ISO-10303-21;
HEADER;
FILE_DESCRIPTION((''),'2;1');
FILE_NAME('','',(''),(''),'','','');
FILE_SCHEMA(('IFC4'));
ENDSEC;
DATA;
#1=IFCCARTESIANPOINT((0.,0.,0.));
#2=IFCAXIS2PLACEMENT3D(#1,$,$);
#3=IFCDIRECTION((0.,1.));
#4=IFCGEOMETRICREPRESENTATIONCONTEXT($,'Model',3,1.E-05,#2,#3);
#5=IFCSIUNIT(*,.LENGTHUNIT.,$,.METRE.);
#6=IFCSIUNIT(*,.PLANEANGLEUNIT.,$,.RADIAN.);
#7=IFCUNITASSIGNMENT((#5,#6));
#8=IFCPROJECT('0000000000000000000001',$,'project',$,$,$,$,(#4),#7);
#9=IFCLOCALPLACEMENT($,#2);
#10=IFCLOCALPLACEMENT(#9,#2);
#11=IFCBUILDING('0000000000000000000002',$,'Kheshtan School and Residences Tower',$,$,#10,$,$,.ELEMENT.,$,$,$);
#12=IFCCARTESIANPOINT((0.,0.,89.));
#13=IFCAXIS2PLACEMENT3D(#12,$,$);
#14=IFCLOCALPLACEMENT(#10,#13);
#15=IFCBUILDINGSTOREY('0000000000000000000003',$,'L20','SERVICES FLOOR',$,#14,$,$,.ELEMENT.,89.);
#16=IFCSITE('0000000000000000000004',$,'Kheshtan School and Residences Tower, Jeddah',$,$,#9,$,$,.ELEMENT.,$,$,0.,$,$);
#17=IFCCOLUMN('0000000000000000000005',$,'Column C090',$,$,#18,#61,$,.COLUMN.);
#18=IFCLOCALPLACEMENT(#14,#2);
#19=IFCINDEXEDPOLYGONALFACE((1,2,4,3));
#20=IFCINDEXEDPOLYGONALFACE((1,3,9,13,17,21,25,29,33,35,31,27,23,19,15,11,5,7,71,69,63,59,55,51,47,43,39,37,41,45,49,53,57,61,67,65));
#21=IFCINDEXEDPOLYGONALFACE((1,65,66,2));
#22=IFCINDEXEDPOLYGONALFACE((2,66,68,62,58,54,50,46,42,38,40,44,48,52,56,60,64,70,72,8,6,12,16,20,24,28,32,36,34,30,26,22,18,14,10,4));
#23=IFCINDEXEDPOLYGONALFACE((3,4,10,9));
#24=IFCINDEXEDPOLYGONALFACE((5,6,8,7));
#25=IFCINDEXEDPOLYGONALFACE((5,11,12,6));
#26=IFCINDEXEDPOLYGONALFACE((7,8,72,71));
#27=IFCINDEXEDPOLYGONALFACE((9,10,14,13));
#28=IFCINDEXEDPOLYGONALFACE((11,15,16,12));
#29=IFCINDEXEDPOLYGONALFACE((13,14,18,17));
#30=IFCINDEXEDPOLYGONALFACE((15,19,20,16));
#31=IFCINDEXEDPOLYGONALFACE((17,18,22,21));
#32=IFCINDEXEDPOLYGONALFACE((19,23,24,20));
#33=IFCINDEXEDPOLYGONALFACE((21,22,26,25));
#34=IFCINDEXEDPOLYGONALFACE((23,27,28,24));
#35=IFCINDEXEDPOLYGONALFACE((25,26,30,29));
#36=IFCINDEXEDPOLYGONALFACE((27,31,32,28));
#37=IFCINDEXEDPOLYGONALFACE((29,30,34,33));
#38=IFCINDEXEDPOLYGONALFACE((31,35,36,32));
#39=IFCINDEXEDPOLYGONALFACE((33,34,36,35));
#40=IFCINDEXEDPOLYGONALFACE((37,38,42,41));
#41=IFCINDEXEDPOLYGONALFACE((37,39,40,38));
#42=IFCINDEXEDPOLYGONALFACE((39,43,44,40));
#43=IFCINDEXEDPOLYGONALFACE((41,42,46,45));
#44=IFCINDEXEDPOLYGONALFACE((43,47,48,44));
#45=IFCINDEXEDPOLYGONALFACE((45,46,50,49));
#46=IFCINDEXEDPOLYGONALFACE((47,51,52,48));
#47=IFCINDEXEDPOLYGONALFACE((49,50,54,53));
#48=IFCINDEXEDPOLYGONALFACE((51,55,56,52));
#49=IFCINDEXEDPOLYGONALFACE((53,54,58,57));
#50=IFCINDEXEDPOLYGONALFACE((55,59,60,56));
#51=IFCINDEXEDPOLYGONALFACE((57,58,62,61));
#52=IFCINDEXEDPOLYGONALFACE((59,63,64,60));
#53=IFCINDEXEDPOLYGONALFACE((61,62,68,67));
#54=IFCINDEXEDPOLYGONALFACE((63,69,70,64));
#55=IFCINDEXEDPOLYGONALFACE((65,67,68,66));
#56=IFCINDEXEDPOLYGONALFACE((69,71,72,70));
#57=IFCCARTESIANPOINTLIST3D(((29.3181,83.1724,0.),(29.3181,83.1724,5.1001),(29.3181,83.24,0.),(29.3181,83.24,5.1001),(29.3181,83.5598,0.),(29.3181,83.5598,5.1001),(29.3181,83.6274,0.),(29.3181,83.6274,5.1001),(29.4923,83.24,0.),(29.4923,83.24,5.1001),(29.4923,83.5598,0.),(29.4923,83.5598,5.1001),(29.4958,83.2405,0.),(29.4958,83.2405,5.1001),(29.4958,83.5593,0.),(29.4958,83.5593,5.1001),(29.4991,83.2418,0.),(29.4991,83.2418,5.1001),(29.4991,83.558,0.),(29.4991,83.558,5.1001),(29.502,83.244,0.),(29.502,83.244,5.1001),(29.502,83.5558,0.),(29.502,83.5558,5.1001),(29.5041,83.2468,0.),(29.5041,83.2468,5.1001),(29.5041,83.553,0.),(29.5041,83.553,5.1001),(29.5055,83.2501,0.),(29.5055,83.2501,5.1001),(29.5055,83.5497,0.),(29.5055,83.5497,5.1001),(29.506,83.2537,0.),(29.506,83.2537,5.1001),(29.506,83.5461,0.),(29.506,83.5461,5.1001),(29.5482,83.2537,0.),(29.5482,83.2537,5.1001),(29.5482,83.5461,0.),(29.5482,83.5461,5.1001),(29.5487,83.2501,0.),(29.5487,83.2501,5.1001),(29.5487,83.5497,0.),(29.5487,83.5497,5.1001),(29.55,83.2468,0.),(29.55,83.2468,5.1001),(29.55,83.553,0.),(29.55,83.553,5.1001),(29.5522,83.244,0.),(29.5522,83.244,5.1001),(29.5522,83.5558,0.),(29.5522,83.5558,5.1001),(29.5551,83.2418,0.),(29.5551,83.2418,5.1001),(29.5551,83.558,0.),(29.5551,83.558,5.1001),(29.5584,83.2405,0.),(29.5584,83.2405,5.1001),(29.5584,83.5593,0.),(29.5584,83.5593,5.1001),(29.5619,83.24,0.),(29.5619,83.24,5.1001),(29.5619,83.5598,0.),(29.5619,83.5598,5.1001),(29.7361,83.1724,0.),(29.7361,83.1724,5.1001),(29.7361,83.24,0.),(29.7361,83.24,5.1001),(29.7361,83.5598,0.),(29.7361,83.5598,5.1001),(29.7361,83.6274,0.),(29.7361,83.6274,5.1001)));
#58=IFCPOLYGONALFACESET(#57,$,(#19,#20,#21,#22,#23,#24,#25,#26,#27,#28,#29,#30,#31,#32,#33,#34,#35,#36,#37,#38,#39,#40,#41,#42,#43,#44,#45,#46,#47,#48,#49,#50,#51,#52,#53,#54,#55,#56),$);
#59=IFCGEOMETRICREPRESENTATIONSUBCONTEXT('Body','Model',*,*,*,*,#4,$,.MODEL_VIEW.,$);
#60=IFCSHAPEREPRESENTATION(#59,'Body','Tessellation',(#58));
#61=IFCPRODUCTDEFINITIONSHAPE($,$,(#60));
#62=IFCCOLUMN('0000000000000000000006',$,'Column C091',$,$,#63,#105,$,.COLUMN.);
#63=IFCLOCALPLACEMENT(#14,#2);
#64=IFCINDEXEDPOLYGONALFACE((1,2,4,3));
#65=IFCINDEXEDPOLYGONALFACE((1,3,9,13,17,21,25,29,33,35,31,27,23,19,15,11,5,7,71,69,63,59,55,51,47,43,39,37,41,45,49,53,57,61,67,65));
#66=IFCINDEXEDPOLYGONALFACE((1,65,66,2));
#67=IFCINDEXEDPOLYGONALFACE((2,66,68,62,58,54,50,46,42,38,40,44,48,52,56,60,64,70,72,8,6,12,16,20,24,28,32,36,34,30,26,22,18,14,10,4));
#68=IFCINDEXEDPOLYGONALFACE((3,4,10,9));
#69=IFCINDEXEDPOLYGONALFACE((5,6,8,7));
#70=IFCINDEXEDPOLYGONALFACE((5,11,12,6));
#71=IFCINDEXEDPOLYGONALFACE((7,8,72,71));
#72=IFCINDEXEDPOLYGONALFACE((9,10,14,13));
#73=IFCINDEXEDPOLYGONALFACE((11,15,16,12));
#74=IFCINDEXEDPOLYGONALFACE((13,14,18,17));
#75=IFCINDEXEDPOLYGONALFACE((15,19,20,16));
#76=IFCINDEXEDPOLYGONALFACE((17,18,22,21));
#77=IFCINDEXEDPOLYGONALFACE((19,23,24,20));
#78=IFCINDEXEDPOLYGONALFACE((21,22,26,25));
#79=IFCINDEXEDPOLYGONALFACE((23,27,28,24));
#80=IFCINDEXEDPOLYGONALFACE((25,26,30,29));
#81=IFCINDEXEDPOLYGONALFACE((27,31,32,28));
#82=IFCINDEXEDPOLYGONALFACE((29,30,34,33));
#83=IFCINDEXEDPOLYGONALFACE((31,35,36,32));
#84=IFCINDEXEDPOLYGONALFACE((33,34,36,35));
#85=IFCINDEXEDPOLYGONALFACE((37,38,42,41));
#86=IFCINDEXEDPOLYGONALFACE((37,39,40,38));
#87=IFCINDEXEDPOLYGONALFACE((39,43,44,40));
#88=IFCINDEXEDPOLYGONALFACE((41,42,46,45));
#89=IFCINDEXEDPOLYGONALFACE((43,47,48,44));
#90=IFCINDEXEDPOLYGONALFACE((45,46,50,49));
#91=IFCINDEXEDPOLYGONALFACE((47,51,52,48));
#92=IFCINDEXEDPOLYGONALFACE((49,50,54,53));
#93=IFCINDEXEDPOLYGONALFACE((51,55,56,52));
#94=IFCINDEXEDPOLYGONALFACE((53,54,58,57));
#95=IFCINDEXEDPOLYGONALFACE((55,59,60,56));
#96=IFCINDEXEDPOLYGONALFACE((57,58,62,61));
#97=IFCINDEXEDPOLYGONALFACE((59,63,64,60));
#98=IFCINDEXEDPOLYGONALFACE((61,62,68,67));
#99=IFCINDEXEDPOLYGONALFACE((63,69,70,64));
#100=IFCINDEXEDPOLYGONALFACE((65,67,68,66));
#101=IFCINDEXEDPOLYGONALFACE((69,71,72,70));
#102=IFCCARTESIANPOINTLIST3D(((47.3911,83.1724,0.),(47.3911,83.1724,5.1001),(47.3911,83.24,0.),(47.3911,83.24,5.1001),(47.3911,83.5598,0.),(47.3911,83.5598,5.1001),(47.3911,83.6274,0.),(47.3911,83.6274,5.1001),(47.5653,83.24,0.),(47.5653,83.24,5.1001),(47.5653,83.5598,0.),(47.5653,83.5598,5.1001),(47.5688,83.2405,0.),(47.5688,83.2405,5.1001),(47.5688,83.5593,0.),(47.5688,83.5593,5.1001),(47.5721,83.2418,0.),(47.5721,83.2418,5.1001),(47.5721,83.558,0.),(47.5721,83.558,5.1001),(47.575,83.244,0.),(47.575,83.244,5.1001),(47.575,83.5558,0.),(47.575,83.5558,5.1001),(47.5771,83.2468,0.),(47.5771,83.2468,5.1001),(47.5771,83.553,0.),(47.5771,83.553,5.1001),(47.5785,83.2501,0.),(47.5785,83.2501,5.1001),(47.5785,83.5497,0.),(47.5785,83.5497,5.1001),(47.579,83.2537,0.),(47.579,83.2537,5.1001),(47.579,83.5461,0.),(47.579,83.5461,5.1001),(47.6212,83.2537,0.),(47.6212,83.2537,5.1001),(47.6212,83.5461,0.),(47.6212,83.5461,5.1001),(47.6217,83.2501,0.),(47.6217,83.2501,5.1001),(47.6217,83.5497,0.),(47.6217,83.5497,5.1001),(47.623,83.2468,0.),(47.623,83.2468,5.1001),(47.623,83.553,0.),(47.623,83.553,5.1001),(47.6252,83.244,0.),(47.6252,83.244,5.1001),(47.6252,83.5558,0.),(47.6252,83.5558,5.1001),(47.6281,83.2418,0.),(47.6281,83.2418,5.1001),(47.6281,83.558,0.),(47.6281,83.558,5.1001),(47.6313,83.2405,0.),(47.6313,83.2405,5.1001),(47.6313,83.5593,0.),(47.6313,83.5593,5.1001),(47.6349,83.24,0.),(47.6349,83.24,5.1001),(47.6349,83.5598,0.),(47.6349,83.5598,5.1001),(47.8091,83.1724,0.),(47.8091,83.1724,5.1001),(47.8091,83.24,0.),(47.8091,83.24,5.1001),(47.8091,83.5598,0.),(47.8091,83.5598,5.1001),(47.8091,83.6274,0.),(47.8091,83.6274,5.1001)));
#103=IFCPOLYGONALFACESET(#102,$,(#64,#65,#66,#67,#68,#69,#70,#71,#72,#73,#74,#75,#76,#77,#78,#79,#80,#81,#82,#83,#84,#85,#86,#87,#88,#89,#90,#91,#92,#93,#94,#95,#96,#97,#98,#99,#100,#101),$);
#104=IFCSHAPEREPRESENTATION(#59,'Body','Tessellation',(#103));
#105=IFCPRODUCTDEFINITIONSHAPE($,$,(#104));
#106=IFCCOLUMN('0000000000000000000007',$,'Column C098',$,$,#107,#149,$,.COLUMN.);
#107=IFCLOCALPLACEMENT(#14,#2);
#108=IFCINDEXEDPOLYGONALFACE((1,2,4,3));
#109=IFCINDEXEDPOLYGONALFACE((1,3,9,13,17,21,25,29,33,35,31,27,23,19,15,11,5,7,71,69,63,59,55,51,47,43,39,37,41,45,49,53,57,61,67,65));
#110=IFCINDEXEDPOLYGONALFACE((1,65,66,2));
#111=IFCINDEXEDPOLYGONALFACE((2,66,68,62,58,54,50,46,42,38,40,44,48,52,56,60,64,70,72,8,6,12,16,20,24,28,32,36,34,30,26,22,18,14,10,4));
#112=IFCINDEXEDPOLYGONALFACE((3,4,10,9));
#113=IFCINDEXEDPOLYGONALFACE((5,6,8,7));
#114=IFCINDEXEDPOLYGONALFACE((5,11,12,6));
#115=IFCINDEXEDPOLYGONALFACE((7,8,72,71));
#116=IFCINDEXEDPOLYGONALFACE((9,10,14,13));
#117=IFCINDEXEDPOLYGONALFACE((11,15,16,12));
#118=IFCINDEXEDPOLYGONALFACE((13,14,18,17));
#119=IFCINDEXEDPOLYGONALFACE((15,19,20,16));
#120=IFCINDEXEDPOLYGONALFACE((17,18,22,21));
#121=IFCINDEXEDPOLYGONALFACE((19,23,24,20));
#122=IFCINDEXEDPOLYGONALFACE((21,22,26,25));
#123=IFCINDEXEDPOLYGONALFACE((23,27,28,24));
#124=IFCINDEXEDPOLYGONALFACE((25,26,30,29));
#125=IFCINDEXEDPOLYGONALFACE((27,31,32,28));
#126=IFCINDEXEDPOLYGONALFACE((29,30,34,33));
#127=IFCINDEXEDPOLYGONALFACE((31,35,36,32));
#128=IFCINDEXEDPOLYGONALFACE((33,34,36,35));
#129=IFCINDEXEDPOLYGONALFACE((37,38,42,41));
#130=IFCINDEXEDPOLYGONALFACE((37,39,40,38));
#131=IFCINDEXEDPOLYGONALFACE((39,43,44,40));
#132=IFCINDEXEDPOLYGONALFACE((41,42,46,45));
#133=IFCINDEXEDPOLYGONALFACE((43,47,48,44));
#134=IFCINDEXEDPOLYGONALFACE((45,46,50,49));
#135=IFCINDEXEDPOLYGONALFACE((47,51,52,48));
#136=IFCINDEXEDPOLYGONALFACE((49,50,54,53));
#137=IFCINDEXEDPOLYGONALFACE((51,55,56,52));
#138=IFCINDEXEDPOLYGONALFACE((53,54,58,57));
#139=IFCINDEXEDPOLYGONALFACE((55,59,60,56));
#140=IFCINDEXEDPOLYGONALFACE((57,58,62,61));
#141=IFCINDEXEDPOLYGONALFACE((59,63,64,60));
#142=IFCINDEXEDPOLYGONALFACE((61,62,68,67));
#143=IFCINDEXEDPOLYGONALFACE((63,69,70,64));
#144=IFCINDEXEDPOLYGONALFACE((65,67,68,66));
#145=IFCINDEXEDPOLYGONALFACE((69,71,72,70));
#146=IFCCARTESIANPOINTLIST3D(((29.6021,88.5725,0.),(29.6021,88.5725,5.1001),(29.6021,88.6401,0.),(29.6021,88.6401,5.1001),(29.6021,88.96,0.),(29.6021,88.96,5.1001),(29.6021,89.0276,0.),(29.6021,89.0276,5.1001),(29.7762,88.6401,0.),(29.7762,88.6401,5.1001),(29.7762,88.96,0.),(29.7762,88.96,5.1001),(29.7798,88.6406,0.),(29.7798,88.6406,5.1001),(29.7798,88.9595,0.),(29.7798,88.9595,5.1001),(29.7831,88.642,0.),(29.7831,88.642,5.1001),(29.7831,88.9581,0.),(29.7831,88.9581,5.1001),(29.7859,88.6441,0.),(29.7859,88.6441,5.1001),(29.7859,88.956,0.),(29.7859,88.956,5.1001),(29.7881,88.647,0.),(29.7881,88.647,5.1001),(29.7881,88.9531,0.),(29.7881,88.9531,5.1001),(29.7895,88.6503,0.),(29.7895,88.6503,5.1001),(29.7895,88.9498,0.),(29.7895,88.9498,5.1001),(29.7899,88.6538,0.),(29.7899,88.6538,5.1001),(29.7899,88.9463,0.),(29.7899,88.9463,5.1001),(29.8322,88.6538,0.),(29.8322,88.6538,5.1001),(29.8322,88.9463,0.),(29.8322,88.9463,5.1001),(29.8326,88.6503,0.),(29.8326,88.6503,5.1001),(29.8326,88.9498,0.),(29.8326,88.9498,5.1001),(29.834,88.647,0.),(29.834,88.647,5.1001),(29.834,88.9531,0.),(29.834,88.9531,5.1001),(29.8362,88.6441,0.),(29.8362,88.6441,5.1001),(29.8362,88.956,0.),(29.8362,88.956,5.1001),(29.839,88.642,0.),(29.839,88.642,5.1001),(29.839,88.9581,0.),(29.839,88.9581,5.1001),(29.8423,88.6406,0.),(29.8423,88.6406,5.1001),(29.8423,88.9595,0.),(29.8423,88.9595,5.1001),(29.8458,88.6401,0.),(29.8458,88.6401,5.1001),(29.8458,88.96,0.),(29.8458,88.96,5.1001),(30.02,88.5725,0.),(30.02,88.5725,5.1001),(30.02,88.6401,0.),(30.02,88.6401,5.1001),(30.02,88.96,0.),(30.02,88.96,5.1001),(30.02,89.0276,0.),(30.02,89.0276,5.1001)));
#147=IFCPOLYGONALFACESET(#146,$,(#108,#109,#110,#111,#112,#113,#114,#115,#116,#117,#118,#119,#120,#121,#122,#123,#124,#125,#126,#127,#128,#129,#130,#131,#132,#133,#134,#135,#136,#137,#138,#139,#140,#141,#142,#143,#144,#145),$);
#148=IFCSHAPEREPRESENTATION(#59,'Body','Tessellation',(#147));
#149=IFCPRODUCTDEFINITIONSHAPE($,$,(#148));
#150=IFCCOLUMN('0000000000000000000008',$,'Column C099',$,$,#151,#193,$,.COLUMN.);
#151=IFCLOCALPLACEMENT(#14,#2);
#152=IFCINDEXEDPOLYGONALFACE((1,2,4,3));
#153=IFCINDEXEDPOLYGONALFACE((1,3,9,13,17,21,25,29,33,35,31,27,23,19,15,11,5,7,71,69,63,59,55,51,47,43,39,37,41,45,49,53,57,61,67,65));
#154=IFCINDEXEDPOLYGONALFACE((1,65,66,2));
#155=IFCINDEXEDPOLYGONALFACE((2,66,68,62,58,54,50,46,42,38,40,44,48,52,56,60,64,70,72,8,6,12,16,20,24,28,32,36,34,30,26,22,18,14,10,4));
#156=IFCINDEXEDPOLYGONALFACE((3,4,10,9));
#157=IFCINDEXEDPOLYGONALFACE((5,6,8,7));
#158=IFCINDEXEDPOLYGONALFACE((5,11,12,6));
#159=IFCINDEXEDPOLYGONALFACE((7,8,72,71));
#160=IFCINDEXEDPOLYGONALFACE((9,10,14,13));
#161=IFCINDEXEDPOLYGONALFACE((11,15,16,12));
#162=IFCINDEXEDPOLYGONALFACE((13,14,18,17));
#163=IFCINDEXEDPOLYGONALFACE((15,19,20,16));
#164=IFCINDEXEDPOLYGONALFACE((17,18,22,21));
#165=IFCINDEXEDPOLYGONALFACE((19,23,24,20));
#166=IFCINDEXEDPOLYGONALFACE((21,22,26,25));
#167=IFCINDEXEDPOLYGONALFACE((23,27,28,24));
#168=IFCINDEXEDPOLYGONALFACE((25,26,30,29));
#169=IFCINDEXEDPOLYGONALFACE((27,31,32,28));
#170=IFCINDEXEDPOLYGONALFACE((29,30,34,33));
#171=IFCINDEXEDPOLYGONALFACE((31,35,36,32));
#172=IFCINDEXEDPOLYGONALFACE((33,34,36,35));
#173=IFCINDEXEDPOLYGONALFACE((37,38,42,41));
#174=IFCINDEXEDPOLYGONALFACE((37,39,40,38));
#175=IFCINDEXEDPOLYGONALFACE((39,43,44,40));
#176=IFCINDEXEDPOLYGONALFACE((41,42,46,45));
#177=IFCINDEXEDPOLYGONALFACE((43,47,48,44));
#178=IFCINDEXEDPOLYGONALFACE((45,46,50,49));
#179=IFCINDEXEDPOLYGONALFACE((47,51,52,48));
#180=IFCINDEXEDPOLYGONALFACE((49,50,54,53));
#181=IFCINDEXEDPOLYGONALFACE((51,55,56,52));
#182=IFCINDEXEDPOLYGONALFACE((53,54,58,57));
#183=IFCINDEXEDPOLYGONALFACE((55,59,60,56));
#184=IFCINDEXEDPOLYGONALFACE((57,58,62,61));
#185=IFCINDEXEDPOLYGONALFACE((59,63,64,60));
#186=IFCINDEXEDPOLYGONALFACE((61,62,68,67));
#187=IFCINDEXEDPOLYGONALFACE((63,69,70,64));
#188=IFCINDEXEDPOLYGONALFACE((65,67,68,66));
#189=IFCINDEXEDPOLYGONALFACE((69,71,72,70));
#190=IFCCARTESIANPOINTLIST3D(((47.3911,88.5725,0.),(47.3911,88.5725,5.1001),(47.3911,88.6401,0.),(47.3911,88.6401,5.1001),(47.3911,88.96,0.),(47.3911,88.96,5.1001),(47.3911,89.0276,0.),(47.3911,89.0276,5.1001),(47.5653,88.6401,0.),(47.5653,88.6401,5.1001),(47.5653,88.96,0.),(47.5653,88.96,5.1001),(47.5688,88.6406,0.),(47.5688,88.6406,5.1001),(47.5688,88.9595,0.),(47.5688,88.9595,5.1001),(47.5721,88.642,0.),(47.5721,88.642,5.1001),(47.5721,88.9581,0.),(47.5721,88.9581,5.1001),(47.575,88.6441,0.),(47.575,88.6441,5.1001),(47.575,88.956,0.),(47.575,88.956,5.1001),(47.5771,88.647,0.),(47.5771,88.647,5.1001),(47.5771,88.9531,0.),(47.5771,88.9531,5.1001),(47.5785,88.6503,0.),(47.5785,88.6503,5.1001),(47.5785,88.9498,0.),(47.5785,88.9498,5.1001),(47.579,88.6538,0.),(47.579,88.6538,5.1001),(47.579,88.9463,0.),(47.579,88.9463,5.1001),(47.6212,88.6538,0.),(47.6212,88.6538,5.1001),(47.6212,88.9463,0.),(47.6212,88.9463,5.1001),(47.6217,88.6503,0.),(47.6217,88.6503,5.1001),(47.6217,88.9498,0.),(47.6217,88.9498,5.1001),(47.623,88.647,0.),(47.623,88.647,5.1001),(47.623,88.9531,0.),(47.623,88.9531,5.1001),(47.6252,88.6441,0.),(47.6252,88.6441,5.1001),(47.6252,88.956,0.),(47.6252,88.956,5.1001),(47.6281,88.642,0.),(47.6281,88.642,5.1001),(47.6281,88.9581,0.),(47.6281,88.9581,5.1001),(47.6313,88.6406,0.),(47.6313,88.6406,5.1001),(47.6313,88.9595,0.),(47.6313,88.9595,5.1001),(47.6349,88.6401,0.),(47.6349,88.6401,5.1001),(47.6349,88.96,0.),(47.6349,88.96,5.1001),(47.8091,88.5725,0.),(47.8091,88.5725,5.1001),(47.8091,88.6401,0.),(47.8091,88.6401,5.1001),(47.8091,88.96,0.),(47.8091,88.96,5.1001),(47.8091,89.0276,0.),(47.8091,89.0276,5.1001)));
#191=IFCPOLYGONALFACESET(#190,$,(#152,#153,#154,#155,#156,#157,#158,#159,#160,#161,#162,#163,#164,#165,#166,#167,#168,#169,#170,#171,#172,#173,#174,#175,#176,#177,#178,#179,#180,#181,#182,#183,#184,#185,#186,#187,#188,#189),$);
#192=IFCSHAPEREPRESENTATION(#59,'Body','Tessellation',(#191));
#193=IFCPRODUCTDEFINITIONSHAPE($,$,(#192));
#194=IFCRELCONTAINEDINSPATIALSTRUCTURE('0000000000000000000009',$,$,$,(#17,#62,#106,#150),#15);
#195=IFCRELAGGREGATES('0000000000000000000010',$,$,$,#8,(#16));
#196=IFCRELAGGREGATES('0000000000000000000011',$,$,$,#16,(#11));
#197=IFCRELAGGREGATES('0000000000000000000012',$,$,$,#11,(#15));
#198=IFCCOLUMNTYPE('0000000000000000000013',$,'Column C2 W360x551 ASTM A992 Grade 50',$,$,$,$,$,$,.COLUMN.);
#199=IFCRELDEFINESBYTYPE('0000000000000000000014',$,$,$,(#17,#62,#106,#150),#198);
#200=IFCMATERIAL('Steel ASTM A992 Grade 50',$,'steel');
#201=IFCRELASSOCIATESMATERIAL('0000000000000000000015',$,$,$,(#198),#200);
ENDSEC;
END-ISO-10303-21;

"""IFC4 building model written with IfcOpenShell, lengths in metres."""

from ifc_helpers import new_model, si_unit, direction, frame, origin, origin_2d, place, context, subcontext, project, spatial, i_section, extrude, material, material_profile, profile_set, type_object, element, save


model = new_model("IFC4")

# Units and contexts
model_context = context("Model", 3, precision=1e-05, world=origin(), true_north=direction((0.0, 1.0)))
body_context = subcontext(model_context, "Body", "Model", "MODEL_VIEW")
ifc_project = project(units=[si_unit("LENGTHUNIT", "METRE"), si_unit("PLANEANGLEUNIT", "RADIAN")], contexts=[model_context])

# Site, building, storey
site_placement = place(None, origin())
site = spatial("IfcSite", under=ifc_project, at=site_placement, Name="Kheshtan School and Residences Tower, Jeddah", CompositionType="ELEMENT", RefElevation=0.0)
building_placement = place(site_placement, origin())
building = spatial("IfcBuilding", under=site, at=building_placement, Name="Kheshtan School and Residences Tower", CompositionType="ELEMENT")
storey_placement = place(building_placement, frame((0.0, 0.0, 89.0)))
storey = spatial("IfcBuildingStorey", under=building, at=storey_placement, Name="L20", Description="SERVICES FLOOR", CompositionType="ELEMENT", Elevation=89.0)

# Columns
ifc_material_1 = material(Name="Steel ASTM A992 Grade 50", Category="steel")
ifc_material_profile_1 = material_profile(ifc_material_1, i_section(OverallWidth=0.418, OverallDepth=0.4551, WebThickness=0.0422, FlangeThickness=0.0676, FilletRadius=0.0137, at=origin_2d()), Name="W360x551")
ifc_profile_set_1 = profile_set([ifc_material_profile_1], Name="Steel ASTM A992 Grade 50")
column_type = type_object("IfcColumnType", Name="Column C2 W360x551 ASTM A992 Grade 50", PredefinedType="COLUMN", material=ifc_profile_set_1)
for number, where, z_axis, x_axis, name in (
    (1, (29.5271, 83.3999, 0.0), (0.0, 0.0, 1.0), (1.0, 0.0, 0.0), "Column C090"),
    (2, (47.6001, 83.3999, 0.0), (0.0, 0.0, 1.0), (1.0, 0.0, 0.0), "Column C091"),
    (3, (29.811, 88.8, 0.0), (0.0, 0.0, 1.0), (1.0, 0.0, 0.0), "Column C098"),
    (4, (47.6001, 88.8, 0.0), (0.0, 0.0, 1.0), (1.0, 0.0, 0.0), "Column C099"),
):
    element("IfcColumn", number, at=place(storey_placement, frame(where, z_axis=z_axis, x_axis=x_axis)), inside=storey, type_object=column_type, Name=name, PredefinedType="COLUMN", context=body_context, shape_type="SweptSolid", body=[
        extrude(i_section(OverallWidth=0.418, OverallDepth=0.4551, WebThickness=0.0422, FlangeThickness=0.0676, FilletRadius=0.0137, at=origin_2d()), origin(), (0.0, 0.0, 1.0), 5.1001),
    ])

save(model, "model.ifc")
